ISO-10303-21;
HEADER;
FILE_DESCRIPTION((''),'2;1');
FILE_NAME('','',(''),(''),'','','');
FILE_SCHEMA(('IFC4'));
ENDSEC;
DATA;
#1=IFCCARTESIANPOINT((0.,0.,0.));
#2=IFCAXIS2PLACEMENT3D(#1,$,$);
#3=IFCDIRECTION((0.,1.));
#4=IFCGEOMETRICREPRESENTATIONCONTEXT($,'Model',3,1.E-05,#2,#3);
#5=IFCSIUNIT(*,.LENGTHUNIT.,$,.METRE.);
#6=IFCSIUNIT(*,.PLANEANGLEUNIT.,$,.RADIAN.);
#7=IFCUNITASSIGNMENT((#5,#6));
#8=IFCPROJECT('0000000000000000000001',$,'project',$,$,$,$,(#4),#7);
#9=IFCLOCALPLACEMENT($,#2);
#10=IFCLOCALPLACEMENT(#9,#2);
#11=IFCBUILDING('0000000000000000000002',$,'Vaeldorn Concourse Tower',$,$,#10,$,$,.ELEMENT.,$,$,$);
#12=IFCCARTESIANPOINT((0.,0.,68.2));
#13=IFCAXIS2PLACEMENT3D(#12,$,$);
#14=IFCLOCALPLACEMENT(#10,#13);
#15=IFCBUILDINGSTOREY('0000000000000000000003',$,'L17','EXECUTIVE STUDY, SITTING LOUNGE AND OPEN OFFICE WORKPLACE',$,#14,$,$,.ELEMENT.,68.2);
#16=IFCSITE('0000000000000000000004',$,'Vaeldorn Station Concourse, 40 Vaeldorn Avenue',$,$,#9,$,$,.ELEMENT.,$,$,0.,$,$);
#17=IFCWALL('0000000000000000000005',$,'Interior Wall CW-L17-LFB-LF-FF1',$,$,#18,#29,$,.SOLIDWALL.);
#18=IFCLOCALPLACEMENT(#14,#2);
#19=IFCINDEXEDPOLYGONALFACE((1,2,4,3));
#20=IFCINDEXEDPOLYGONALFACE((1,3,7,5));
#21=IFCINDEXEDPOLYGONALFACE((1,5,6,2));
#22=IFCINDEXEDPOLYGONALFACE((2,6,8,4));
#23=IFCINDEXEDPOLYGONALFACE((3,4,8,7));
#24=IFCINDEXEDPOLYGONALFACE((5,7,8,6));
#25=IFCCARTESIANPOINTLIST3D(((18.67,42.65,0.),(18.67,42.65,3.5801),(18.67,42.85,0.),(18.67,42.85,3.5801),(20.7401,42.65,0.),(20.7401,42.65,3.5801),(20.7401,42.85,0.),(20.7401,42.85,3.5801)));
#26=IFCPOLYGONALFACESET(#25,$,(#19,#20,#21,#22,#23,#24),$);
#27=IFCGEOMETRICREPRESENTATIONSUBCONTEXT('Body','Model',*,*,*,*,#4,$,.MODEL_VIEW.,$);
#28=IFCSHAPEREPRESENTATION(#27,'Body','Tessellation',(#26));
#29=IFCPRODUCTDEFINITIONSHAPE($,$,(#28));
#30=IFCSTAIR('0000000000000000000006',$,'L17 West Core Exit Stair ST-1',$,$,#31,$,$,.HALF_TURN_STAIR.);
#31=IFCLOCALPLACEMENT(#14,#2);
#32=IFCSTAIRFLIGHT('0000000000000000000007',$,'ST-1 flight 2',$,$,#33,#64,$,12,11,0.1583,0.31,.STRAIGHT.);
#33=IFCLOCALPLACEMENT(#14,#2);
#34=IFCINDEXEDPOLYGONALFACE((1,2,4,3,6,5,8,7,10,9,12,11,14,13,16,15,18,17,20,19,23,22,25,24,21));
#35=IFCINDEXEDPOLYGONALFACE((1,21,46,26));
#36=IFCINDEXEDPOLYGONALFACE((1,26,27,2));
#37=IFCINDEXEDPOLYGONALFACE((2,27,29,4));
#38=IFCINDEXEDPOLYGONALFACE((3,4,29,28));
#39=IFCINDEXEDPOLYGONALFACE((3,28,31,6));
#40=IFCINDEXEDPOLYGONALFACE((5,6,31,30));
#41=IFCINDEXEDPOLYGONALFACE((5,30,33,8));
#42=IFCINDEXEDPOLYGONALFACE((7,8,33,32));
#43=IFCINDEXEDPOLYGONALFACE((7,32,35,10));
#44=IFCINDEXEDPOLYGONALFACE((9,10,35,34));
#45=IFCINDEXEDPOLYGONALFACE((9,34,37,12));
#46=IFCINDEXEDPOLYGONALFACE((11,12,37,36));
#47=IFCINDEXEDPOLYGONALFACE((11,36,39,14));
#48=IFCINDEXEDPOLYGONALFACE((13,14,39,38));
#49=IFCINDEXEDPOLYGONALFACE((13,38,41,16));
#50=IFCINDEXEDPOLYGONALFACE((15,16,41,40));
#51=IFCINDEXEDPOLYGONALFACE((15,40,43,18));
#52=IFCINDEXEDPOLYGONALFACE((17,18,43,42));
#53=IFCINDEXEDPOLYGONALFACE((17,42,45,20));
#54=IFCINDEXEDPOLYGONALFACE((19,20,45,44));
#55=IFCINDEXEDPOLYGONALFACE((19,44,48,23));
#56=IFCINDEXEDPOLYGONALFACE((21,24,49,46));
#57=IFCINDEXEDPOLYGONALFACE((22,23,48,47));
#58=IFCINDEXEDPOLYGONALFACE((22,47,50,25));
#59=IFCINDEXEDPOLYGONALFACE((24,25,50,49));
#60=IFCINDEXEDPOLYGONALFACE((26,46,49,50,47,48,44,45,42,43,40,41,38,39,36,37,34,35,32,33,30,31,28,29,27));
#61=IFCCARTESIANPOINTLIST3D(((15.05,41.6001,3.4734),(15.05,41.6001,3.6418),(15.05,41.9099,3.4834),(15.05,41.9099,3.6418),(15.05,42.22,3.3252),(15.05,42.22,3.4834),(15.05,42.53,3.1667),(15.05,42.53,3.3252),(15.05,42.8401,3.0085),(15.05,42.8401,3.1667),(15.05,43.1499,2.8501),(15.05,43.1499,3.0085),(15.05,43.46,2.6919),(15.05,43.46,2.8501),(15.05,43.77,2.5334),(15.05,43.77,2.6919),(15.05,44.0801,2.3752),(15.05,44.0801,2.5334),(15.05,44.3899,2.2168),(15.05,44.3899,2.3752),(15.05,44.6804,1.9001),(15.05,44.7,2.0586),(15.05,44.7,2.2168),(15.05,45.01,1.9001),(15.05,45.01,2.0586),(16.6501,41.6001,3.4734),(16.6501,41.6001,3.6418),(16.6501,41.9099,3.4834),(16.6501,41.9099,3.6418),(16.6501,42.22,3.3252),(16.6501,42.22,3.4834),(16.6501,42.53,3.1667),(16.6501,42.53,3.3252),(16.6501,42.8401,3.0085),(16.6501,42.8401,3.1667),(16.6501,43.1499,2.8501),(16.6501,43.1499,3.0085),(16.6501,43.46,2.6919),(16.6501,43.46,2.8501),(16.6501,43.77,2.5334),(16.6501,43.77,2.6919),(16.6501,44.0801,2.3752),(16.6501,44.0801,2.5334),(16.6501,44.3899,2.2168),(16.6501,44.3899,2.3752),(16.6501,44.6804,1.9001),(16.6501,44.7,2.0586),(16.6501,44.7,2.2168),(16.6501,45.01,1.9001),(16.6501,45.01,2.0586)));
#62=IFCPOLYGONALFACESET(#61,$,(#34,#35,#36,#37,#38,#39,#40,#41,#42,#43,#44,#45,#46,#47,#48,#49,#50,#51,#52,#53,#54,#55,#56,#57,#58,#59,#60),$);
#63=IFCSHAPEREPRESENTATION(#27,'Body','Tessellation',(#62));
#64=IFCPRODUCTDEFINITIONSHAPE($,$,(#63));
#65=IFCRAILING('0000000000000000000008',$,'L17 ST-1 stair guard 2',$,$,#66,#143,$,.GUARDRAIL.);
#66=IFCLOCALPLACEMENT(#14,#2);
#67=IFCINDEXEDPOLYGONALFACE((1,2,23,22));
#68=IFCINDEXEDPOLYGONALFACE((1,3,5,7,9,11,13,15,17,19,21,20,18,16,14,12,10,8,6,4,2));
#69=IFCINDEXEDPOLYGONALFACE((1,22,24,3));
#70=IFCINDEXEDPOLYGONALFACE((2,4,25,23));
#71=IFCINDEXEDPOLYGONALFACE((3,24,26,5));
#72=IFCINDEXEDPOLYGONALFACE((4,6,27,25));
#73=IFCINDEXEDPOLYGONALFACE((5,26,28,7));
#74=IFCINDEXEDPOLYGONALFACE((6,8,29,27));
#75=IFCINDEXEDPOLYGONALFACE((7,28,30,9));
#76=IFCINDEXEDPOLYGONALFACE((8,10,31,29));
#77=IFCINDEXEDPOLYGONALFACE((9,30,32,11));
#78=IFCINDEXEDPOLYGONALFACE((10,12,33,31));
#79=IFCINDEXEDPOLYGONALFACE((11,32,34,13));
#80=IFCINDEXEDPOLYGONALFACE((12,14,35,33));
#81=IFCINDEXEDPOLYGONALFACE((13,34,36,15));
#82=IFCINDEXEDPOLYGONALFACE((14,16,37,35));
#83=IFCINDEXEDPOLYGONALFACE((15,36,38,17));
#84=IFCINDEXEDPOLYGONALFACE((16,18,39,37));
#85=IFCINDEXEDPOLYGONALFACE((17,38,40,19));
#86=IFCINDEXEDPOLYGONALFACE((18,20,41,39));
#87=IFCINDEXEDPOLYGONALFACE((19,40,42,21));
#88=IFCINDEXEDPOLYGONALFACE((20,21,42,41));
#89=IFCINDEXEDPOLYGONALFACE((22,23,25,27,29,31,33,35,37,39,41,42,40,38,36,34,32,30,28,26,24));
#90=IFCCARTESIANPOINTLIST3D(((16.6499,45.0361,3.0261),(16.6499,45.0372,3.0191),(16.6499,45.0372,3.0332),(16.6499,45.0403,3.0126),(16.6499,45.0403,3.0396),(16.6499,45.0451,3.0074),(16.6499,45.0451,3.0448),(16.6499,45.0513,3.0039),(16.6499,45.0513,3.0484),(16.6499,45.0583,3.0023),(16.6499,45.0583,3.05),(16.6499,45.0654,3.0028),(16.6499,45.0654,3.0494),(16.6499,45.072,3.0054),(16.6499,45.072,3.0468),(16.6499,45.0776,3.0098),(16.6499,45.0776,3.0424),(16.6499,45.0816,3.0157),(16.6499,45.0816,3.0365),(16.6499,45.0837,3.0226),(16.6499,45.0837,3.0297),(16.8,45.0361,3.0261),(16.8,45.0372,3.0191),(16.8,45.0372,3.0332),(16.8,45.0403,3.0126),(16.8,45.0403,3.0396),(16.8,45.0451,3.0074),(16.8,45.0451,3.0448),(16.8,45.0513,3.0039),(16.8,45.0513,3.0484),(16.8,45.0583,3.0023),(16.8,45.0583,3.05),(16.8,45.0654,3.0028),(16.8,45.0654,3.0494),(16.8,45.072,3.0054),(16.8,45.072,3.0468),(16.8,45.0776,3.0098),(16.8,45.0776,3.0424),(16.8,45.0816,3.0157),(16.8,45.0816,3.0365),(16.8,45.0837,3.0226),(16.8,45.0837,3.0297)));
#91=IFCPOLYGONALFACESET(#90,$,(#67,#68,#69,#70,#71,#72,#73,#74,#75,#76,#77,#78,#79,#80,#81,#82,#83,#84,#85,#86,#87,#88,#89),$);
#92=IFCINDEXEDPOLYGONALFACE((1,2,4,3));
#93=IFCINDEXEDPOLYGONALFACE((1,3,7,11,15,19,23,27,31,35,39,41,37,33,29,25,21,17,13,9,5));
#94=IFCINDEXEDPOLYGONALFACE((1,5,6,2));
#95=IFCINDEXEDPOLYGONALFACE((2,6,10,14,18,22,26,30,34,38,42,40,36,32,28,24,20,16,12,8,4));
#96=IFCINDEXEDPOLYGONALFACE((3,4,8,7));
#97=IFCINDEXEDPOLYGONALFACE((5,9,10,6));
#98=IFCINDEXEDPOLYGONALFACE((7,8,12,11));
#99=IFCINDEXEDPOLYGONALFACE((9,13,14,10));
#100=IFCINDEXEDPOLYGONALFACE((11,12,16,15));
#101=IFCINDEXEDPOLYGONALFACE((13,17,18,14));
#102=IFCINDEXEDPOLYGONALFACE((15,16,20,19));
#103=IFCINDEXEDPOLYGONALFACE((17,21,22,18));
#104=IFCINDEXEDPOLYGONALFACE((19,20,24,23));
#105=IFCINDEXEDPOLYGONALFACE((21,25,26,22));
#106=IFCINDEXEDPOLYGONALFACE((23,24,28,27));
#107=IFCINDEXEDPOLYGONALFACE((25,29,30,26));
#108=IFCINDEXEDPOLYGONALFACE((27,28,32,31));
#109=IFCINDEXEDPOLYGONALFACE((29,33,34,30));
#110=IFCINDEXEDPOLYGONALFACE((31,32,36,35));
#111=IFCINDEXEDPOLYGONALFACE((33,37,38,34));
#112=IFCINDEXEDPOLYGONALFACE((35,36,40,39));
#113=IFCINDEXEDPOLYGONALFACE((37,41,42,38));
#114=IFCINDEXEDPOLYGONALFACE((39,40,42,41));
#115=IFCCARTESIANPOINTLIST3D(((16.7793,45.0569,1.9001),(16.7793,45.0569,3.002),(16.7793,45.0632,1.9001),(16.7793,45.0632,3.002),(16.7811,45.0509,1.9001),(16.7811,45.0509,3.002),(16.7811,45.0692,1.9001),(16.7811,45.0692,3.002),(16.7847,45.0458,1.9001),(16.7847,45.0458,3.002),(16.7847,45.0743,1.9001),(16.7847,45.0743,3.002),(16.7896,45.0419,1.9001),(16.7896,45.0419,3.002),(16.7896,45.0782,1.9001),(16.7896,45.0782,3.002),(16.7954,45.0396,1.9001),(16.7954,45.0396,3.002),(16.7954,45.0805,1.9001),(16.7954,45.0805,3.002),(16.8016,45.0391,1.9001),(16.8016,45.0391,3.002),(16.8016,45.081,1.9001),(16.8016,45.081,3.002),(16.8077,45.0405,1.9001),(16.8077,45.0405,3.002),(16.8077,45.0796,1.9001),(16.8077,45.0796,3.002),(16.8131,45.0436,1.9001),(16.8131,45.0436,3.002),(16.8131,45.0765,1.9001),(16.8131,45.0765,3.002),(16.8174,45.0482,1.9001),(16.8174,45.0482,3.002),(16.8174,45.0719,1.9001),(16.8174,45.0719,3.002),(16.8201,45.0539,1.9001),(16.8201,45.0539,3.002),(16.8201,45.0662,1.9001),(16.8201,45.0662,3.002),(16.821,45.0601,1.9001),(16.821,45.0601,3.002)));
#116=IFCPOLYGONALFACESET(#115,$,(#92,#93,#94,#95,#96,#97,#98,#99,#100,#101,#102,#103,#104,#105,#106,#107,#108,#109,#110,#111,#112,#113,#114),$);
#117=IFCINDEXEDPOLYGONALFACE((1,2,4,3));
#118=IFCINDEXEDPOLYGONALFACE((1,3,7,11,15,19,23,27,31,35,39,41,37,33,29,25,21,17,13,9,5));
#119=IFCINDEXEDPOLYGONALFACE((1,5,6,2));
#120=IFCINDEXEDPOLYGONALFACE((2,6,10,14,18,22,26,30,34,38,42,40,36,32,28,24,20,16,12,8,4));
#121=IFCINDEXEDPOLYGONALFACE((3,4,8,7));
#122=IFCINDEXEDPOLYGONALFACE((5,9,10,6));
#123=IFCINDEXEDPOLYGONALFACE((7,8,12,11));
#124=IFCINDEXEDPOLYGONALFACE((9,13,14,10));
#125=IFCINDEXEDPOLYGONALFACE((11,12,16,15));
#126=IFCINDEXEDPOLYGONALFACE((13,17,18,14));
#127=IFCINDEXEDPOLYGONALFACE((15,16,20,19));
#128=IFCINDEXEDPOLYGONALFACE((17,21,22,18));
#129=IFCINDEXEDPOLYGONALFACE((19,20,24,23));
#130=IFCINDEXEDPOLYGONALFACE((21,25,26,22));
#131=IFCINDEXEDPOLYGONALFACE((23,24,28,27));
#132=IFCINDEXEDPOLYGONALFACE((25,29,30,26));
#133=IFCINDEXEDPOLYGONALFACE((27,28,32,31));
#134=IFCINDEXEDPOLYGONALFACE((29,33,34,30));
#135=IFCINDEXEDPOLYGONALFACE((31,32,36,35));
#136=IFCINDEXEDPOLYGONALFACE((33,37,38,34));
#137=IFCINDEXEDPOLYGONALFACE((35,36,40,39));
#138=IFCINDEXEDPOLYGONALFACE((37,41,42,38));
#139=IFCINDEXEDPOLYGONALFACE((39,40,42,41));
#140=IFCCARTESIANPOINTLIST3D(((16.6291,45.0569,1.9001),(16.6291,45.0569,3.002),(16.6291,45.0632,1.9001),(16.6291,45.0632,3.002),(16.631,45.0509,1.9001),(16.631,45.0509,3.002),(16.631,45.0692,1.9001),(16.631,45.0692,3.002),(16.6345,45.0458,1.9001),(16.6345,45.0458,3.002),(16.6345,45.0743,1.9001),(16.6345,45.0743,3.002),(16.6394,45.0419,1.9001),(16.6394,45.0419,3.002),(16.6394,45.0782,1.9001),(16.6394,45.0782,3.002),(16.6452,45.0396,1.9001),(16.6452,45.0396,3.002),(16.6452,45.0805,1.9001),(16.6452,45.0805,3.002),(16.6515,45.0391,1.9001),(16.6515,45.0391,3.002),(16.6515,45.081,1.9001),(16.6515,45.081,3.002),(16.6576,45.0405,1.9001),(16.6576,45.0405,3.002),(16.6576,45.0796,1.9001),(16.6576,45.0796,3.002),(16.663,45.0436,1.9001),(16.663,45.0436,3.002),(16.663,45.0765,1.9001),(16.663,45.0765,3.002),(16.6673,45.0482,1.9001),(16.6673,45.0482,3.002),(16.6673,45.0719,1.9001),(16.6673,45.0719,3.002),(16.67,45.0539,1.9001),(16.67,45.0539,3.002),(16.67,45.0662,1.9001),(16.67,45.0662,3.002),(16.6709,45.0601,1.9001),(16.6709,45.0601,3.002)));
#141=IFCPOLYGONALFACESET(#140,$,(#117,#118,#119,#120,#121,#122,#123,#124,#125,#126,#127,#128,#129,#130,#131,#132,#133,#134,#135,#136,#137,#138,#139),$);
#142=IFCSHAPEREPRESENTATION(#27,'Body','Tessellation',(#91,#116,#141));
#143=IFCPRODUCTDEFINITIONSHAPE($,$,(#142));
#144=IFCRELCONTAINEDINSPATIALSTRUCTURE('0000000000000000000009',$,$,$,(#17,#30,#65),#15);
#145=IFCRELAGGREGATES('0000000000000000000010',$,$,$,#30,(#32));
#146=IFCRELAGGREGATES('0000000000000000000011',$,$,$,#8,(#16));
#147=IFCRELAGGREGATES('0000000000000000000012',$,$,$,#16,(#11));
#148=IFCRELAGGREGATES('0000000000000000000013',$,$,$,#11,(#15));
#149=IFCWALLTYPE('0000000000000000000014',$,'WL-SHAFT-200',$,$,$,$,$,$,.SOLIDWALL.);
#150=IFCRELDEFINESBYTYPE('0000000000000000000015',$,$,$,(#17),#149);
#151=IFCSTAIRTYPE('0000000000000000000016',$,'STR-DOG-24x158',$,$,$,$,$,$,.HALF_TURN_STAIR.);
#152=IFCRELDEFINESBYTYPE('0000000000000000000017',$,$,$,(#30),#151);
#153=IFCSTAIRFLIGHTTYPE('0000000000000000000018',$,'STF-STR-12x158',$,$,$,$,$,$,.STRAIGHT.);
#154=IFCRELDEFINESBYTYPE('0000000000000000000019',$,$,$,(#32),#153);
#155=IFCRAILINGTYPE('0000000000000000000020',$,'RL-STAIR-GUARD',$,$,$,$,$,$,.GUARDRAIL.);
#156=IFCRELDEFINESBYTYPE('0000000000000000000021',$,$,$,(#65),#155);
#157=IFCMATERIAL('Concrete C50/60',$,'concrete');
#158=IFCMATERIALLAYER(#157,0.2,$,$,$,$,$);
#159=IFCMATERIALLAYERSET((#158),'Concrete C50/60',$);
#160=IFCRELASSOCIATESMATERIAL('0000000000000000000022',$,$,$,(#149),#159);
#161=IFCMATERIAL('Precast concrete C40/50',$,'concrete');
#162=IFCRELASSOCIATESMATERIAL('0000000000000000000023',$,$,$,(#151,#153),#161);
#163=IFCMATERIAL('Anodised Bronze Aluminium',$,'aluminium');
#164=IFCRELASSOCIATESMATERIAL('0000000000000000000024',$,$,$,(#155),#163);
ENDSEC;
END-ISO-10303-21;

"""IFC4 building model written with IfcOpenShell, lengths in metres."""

from ifc_helpers import new_model, si_unit, direction, frame, frame_2d, origin, origin_2d, place, context, subcontext, project, spatial, polyline, rectangle, circle, outline, extrude, material, layer, layer_set, type_object, element, aggregate, save


model = new_model("IFC4")

# Units and contexts
model_context = context("Model", 3, precision=1e-05, world=origin(), true_north=direction((0.0, 1.0)))
body_context = subcontext(model_context, "Body", "Model", "MODEL_VIEW")
ifc_project = project(units=[si_unit("LENGTHUNIT", "METRE"), si_unit("PLANEANGLEUNIT", "RADIAN")], contexts=[model_context])

# Site, building, storey
site_placement = place(None, origin())
site = spatial("IfcSite", under=ifc_project, at=site_placement, Name="Vaeldorn Station Concourse, 40 Vaeldorn Avenue", CompositionType="ELEMENT", RefElevation=0.0)
building_placement = place(site_placement, origin())
building = spatial("IfcBuilding", under=site, at=building_placement, Name="Vaeldorn Concourse Tower", CompositionType="ELEMENT")
storey_placement = place(building_placement, frame((0.0, 0.0, 68.2)))
storey = spatial("IfcBuildingStorey", under=building, at=storey_placement, Name="L17", Description="EXECUTIVE STUDY, SITTING LOUNGE AND OPEN OFFICE WORKPLACE", CompositionType="ELEMENT", Elevation=68.2)

# Shared definitions
ifc_material_1 = material(Name="Concrete C50/60", Category="concrete")
ifc_layer_1 = layer(ifc_material_1, 0.2)
ifc_layer_set_1 = layer_set([ifc_layer_1], Name="Concrete C50/60")
wall_type_1 = type_object("IfcWallType", Name="WL-SHAFT-200", PredefinedType="SOLIDWALL", material=ifc_layer_set_1)

# Shared definitions
ifc_material_2 = material(Name="Anodised Bronze Aluminium", Category="aluminium")

# Wall
for number, where, z_axis, x_axis, name in (
    (1, (18.6699, 42.75, 0.0), (0.0, 0.0, 1.0), (1.0, 0.0, 0.0), "Interior Wall CW-L17-LFB-LF-FF1"),
):
    element("IfcWall", number, at=place(storey_placement, frame(where, z_axis=z_axis, x_axis=x_axis)), inside=storey, type_object=wall_type_1, Name=name, PredefinedType="SOLIDWALL", context=body_context, shape_type="SweptSolid", body=[
        extrude(rectangle(XDim=2.0701, YDim=0.2, at=frame_2d((1.0352, 0.0))), origin(), (0.0, 0.0, 1.0), 3.5801),
    ])

# Stair, stair flight
ifc_material_3 = material(Name="Precast concrete C40/50", Category="concrete")
stair_type = type_object("IfcStairType", Name="STR-DOG-24x158", PredefinedType="HALF_TURN_STAIR", material=ifc_material_3)
stair_placement = place(storey_placement, origin())
stair = element("IfcStair", 2, at=stair_placement, inside=storey, type_object=stair_type, Name="L17 West Core Exit Stair ST-1", PredefinedType="HALF_TURN_STAIR")
stair_flight_type = type_object("IfcStairFlightType", Name="STF-STR-12x158", PredefinedType="STRAIGHT", material=ifc_material_3)
stair_flight_placement = place(storey_placement, frame((15.8501, 45.01, 1.9001), z_axis=(0.0, 0.0, 1.0), x_axis=(0.0, -1.0, 0.0)))
stair_flight = element("IfcStairFlight", 3, at=stair_flight_placement, type_object=stair_flight_type, Name="ST-1 flight 2", NumberOfRisers=12, NumberOfTreads=11, PredefinedType="STRAIGHT", RiserHeight=0.1583, TreadLength=0.31, context=body_context, shape_type="SweptSolid", body=[
    extrude(outline(polyline([(0.0, 0.0), (0.0, 0.1584), (0.3101, 0.1584), (0.3101, 0.3167), (0.6201, 0.3167), (0.6201, 0.4751), (0.9299, 0.4751), (0.9299, 0.6333), (1.24, 0.6333), (1.24, 0.7917), (1.55, 0.7917), (1.55, 0.95), (1.8601, 0.95), (1.8601, 1.1084), (2.1699, 1.1084), (2.1699, 1.2666), (2.48, 1.2666), (2.48, 1.425), (2.79, 1.425), (2.79, 1.5833), (3.1001, 1.5833), (3.1001, 1.7417), (3.4099, 1.7417), (3.4099, 1.8999), (3.4099, 1.5732), (0.3296, 0.0), (0.0, 0.0)])), frame((0.0, 0.8, 0.0), z_axis=(0.0, -1.0, 0.0), x_axis=(1.0, 0.0, 0.0)), (0.0, 0.0, 1.0), 1.6001),
])
aggregate(stair, [stair_flight])

# Railing
railing_type_1 = type_object("IfcRailingType", Name="RL-STAIR-GUARD", PredefinedType="GUARDRAIL", material=ifc_material_2)
railing_1_placement = place(storey_placement, frame((16.8, 45.0601, 1.9001)))
element("IfcRailing", 4, at=railing_1_placement, inside=storey, type_object=railing_type_1, Name="L17 ST-1 stair guard 2", PredefinedType="GUARDRAIL", context=body_context, shape_type="SweptSolid", body=[
    extrude(circle(Radius=0.0239, at=origin_2d()), frame((0.0, 0.0, 1.126), z_axis=(-1.0, 0.0, 0.0), x_axis=(0.0, -1.0, 0.0)), (0.0, 0.0, 1.0), 0.1501),
    extrude(circle(Radius=0.021, at=origin_2d()), origin(), (0.0, 0.0, 1.0), 1.1018),
    extrude(circle(Radius=0.021, at=origin_2d()), frame((-0.1501, 0.0, 0.0)), (0.0, 0.0, 1.0), 1.1018),
])

save(model, "model.ifc")
